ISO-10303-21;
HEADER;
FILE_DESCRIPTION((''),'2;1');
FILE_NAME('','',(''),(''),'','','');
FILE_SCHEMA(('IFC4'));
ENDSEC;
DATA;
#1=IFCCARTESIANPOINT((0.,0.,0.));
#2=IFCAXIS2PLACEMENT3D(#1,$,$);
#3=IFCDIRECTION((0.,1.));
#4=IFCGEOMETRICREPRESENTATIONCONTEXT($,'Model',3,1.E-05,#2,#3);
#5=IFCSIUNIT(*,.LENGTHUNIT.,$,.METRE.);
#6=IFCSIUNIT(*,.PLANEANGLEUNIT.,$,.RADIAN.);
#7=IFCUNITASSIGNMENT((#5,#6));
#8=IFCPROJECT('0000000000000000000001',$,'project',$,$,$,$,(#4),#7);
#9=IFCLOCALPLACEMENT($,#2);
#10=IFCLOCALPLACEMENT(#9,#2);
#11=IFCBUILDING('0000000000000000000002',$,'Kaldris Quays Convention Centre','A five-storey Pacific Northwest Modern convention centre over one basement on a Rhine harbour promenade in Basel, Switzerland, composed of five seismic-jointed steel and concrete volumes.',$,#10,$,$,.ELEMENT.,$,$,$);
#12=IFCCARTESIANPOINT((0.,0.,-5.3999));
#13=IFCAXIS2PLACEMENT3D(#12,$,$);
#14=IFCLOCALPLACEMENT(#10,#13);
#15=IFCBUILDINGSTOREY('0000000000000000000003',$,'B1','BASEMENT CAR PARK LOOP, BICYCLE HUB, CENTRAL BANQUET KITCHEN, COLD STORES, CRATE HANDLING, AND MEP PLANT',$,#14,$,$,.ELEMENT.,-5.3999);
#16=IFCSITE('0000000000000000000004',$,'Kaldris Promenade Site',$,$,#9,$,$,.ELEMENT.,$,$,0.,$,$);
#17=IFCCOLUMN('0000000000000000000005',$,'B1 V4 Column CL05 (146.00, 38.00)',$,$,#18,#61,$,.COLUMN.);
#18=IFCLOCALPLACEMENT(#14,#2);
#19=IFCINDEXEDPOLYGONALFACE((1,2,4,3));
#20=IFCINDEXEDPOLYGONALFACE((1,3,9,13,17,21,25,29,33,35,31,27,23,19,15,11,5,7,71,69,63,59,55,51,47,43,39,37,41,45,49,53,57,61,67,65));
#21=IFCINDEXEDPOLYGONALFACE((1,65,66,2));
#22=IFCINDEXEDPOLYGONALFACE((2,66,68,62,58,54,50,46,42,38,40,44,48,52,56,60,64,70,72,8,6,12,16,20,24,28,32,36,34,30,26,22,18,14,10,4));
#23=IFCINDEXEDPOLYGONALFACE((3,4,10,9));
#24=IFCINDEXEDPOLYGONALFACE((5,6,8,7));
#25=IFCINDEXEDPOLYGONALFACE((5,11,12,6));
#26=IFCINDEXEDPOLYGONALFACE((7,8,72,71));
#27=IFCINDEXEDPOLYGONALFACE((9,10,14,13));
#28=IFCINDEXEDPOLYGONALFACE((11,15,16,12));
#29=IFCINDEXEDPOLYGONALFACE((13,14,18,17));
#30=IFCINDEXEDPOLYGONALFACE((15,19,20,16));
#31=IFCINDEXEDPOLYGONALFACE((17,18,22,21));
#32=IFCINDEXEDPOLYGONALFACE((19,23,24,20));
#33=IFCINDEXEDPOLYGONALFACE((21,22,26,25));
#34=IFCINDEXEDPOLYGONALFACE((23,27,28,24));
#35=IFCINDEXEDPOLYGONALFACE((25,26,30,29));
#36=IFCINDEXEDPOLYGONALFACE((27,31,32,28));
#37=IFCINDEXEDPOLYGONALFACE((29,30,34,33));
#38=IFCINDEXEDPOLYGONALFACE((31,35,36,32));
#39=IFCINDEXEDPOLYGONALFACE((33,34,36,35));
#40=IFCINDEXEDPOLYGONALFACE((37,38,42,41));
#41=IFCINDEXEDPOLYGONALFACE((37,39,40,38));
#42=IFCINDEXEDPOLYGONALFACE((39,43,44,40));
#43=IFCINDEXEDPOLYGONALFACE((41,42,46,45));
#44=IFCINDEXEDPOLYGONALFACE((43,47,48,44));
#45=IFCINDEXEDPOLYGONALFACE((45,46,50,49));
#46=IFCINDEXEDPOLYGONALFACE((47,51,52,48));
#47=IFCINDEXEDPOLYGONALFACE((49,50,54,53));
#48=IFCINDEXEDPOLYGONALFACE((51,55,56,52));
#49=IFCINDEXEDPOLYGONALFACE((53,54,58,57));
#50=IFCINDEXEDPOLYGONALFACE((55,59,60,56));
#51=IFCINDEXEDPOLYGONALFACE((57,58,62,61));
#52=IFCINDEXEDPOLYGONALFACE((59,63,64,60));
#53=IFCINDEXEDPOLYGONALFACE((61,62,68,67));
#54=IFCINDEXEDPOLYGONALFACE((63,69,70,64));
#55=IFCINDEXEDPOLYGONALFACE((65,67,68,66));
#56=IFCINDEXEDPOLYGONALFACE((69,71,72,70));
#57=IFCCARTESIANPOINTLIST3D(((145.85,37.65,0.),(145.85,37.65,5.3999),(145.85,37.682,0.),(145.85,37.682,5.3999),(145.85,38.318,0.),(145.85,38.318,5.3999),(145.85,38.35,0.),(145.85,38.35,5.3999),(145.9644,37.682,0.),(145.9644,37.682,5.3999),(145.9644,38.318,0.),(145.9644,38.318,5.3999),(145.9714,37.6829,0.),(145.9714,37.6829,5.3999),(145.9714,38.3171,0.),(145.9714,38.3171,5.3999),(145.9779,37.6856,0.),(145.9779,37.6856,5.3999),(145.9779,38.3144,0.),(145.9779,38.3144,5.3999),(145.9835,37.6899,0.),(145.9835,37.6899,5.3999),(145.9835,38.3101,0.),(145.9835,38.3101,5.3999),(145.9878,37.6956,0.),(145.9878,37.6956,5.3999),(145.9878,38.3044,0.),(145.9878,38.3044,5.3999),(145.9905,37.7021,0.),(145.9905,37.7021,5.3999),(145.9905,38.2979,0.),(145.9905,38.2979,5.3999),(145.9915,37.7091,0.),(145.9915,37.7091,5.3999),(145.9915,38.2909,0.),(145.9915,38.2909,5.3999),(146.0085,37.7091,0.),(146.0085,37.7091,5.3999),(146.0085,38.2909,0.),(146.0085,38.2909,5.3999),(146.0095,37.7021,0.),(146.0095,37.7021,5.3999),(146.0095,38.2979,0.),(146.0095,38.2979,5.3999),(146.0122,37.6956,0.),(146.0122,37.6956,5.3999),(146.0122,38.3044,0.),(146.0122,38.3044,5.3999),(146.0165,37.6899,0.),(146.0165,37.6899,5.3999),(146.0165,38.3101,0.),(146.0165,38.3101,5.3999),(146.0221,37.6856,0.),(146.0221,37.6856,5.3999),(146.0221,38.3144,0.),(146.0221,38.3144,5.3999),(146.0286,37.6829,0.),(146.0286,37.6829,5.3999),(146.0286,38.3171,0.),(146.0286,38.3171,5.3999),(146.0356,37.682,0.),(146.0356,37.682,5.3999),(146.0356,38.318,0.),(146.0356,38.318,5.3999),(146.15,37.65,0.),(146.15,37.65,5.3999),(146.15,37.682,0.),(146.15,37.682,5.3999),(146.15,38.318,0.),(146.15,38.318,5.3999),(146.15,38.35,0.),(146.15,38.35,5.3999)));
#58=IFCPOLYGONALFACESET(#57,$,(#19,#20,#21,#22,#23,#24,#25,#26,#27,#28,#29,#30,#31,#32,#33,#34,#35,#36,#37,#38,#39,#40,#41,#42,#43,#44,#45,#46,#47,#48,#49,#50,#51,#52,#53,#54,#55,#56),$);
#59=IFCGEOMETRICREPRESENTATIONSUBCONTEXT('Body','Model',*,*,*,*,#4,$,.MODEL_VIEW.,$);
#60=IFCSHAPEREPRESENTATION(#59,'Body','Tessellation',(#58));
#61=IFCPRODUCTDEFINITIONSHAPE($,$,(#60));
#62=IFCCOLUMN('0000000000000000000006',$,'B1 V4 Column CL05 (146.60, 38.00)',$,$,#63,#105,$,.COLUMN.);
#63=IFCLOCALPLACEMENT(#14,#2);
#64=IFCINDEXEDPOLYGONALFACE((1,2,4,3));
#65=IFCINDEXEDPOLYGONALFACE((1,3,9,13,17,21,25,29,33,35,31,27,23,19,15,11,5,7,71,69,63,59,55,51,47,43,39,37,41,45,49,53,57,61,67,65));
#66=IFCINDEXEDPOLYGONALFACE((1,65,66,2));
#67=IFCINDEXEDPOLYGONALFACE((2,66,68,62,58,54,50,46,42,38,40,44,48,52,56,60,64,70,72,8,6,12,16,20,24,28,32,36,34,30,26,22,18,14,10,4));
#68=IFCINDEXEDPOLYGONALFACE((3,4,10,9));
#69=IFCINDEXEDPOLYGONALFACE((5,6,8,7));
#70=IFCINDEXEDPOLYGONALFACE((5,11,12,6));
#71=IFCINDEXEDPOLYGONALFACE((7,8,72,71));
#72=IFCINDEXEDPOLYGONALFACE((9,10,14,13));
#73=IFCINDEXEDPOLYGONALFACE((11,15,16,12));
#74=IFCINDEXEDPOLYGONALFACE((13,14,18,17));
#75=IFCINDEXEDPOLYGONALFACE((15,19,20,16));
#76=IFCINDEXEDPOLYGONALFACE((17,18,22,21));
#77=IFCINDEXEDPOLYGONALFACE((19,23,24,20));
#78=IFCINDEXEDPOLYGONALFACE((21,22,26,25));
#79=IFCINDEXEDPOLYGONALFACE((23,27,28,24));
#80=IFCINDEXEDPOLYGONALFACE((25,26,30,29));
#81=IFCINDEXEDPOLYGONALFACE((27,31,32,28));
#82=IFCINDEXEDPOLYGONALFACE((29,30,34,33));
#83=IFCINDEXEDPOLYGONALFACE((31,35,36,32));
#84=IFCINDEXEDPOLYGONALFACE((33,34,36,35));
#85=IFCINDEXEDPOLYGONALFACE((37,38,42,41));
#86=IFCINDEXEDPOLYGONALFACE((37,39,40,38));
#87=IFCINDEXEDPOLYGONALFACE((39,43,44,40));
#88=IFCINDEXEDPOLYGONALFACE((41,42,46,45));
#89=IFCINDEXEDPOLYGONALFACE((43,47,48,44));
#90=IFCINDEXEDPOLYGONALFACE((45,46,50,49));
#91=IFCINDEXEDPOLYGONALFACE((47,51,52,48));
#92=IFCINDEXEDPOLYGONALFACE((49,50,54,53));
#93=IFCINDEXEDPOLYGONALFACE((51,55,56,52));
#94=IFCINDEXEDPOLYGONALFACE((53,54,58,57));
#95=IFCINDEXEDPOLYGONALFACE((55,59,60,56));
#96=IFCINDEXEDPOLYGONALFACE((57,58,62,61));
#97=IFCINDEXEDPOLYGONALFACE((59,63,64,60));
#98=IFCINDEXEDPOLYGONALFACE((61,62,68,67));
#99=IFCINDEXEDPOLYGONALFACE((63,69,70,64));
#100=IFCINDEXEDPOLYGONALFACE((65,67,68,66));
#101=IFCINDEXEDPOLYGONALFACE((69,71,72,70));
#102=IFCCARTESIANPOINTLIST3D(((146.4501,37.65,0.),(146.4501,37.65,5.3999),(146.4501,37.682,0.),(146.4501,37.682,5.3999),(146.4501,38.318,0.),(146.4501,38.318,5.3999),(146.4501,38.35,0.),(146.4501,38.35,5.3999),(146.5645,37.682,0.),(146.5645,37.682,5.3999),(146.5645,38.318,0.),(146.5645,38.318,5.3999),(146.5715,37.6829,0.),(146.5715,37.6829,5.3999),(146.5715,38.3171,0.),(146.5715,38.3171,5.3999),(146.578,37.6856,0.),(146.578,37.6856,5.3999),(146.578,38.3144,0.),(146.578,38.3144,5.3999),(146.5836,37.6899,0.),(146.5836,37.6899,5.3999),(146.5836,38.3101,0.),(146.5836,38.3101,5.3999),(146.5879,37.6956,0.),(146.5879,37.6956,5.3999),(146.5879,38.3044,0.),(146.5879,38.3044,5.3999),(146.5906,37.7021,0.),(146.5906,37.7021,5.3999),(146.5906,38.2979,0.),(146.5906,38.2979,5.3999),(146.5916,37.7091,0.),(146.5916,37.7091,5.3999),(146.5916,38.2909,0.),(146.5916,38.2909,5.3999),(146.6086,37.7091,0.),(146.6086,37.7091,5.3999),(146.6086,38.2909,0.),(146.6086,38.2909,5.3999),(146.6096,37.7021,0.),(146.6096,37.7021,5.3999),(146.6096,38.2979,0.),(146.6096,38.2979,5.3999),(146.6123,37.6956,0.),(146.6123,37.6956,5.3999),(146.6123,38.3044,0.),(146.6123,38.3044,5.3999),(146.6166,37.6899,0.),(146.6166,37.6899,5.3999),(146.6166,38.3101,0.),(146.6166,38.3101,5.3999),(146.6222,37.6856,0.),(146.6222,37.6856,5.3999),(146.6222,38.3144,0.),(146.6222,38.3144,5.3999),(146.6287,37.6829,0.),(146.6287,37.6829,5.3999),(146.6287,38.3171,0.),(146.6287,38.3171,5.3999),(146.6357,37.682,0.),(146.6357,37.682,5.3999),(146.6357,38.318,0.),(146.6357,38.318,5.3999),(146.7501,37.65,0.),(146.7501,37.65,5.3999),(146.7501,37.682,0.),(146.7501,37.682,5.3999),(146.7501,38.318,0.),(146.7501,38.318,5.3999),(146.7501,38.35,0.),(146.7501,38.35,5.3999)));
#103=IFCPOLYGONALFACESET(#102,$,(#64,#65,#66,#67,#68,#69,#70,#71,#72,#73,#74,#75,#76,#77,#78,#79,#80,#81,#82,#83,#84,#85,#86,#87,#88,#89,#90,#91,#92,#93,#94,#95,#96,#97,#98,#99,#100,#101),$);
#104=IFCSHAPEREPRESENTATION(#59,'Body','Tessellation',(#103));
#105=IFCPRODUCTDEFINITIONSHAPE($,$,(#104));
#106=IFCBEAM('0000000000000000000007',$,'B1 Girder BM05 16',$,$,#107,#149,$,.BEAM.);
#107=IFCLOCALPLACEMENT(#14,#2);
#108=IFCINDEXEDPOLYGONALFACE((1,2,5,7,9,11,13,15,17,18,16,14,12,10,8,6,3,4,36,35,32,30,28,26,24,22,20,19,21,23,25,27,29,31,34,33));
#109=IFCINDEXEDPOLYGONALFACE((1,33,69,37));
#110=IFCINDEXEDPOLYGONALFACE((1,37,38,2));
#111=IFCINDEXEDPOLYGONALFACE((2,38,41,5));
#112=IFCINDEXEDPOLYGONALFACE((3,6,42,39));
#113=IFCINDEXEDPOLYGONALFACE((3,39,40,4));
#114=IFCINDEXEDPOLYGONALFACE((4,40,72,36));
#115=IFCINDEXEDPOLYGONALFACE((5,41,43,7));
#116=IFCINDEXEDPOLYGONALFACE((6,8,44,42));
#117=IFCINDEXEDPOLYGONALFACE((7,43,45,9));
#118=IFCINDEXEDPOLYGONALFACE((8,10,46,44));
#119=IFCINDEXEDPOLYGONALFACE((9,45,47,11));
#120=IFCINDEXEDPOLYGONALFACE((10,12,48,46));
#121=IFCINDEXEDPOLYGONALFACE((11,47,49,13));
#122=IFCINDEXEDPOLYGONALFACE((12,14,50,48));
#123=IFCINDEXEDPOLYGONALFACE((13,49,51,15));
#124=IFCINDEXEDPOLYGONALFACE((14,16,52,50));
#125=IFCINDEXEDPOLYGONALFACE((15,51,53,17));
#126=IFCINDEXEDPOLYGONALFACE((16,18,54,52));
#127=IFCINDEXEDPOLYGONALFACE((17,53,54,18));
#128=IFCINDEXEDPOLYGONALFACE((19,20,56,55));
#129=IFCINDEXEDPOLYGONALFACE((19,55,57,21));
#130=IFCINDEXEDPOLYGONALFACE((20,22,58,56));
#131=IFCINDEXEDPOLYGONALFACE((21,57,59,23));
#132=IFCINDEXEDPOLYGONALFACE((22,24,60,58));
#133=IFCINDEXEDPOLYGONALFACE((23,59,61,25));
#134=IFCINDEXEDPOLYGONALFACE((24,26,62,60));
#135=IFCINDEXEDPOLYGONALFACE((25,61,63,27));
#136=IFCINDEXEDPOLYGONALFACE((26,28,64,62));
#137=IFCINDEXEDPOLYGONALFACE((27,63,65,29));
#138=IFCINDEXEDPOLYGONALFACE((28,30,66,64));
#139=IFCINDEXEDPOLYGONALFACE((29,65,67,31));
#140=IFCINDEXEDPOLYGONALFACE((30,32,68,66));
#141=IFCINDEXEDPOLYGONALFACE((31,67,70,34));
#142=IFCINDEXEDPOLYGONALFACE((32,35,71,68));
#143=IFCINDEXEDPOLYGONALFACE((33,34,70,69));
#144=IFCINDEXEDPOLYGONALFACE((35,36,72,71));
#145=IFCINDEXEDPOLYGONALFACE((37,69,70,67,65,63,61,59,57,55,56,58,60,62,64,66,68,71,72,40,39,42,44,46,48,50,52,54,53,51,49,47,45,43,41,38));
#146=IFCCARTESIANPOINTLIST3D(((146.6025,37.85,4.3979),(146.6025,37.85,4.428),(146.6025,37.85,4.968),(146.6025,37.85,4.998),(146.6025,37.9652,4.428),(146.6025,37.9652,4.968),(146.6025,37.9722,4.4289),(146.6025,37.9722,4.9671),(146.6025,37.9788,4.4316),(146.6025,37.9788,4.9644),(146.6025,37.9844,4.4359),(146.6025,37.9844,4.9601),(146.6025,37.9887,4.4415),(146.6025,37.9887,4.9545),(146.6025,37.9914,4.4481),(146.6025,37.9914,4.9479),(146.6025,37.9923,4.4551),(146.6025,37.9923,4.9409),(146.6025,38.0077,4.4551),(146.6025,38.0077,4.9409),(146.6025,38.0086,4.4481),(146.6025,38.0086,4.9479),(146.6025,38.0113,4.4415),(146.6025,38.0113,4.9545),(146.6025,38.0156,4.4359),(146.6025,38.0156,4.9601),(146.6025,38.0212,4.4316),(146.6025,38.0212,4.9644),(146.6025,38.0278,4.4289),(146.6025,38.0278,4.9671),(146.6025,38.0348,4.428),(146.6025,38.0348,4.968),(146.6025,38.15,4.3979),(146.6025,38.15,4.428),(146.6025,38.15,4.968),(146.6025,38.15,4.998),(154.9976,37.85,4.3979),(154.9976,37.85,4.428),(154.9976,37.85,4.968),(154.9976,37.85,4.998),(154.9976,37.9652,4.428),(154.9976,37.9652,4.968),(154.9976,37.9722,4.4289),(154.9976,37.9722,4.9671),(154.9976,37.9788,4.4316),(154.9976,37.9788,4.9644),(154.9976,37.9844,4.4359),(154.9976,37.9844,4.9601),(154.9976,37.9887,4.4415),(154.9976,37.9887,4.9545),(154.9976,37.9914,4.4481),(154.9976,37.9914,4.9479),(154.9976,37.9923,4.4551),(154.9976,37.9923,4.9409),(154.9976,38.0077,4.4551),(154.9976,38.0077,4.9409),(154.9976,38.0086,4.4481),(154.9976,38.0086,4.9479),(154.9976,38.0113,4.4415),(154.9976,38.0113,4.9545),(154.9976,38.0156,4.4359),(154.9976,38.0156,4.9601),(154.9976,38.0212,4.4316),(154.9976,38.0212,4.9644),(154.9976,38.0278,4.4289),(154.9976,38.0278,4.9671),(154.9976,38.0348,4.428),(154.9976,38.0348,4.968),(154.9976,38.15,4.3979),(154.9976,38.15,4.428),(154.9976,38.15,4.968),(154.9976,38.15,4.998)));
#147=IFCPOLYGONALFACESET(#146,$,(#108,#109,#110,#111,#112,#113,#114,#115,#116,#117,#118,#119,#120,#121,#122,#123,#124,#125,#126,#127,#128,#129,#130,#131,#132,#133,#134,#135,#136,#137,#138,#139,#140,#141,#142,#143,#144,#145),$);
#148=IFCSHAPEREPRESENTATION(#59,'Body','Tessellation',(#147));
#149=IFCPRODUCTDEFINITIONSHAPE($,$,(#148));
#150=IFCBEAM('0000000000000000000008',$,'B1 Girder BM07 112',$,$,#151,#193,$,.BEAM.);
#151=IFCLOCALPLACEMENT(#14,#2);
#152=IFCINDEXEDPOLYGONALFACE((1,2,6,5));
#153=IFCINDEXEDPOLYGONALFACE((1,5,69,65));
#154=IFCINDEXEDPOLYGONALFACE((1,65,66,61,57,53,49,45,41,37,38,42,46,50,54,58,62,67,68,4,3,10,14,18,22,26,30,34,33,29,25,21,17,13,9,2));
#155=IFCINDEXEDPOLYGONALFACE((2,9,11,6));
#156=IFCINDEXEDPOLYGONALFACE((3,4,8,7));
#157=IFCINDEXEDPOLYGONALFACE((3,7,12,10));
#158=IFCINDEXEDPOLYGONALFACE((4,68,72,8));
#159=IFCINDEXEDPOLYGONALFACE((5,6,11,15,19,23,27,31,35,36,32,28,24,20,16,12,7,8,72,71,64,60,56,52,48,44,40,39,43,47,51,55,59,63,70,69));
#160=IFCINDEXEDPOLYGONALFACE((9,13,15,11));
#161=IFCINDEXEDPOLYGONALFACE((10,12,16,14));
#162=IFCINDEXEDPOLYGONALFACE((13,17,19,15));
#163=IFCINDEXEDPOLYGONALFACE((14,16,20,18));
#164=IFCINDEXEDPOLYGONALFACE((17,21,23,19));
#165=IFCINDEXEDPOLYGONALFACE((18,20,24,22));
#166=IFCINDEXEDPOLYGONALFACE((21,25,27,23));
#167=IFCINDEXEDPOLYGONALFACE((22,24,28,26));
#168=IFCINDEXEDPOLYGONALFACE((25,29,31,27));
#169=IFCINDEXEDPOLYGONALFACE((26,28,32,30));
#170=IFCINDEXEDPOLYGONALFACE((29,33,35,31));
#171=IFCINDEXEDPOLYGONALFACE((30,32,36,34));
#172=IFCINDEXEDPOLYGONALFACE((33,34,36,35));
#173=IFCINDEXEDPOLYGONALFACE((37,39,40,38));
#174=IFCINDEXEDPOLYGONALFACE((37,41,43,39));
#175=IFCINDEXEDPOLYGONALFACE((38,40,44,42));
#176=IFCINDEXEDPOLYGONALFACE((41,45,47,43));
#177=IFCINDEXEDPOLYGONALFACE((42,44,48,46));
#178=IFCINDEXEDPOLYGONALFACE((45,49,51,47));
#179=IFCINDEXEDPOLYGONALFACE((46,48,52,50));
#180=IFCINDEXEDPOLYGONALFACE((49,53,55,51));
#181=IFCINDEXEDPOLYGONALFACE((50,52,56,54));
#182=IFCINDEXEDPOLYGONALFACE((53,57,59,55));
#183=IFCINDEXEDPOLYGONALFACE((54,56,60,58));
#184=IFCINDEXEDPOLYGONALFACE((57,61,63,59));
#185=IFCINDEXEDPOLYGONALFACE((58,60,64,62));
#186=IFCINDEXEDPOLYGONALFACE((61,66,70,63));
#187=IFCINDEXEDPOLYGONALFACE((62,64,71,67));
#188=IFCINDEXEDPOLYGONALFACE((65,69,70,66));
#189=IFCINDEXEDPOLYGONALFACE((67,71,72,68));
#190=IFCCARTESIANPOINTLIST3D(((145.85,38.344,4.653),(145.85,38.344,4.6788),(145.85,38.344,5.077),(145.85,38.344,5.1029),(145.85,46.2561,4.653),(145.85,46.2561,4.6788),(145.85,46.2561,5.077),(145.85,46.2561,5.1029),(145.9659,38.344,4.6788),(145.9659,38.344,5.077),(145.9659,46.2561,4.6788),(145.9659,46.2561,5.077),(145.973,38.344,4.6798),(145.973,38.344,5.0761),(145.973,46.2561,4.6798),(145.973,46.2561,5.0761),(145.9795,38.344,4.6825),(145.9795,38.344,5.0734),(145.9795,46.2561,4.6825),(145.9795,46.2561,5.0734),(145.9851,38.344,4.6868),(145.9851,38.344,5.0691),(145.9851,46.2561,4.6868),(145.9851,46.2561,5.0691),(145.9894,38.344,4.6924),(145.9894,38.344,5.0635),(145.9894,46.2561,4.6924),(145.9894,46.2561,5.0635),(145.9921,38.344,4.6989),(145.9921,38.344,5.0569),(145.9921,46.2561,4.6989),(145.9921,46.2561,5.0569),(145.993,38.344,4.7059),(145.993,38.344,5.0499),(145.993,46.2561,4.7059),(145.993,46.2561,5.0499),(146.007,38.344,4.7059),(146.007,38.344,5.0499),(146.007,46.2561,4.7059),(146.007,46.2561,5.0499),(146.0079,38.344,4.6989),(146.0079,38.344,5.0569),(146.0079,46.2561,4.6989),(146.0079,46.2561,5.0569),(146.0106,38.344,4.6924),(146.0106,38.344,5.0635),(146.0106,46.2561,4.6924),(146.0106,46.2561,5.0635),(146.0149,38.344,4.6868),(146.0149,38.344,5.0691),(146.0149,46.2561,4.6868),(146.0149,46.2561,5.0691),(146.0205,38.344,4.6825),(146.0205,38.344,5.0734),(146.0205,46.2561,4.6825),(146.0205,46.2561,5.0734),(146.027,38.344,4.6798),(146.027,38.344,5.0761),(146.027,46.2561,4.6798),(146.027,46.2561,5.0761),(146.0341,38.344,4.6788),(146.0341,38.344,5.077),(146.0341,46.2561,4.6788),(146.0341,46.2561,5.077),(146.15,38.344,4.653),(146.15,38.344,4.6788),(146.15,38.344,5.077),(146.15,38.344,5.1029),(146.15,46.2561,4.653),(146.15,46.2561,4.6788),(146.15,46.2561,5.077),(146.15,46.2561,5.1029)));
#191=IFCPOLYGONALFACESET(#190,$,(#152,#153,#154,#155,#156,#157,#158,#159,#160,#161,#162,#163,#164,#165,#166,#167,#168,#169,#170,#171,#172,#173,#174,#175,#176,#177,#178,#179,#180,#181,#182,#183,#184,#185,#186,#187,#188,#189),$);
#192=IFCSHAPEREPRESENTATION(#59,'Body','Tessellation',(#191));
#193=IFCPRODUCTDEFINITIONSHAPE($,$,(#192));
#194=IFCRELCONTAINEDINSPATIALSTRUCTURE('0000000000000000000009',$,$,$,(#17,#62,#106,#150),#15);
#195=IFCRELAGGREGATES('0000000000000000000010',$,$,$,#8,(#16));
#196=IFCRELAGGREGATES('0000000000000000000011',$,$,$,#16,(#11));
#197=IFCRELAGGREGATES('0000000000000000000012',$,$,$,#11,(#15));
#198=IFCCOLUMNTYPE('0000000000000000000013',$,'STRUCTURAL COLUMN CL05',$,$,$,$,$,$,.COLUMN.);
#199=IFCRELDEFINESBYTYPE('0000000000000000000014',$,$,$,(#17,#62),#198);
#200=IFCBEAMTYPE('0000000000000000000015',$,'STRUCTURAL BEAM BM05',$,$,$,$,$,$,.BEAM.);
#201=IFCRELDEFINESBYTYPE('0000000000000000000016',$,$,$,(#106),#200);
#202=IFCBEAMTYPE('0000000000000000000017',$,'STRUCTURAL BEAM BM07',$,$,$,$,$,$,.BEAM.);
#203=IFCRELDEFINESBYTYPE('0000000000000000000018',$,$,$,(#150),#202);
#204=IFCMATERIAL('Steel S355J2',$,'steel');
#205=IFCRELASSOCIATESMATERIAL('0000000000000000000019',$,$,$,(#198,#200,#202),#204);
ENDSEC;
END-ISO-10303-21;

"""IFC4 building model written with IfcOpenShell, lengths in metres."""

from ifc_helpers import new_model, si_unit, direction, frame, origin, origin_2d, place, context, subcontext, project, spatial, i_section, extrude, material, material_profile, profile_set, type_object, element, save


model = new_model("IFC4")

# Units and contexts
model_context = context("Model", 3, precision=1e-05, world=origin(), true_north=direction((0.0, 1.0)))
body_context = subcontext(model_context, "Body", "Model", "MODEL_VIEW")
ifc_project = project(units=[si_unit("LENGTHUNIT", "METRE"), si_unit("PLANEANGLEUNIT", "RADIAN")], contexts=[model_context])

# Site, building, storey
site_placement = place(None, origin())
site = spatial("IfcSite", under=ifc_project, at=site_placement, Name="Kaldris Promenade Site", CompositionType="ELEMENT", RefElevation=0.0)
building_placement = place(site_placement, origin())
building = spatial("IfcBuilding", under=site, at=building_placement, Name="Kaldris Quays Convention Centre", Description="A five-storey Pacific Northwest Modern convention centre over one basement on a Rhine harbour promenade in Basel, Switzerland, composed of five seismic-jointed steel and concrete volumes.", CompositionType="ELEMENT")
storey_placement = place(building_placement, frame((0.0, 0.0, -5.3999)))
storey = spatial("IfcBuildingStorey", under=building, at=storey_placement, Name="B1", Description="BASEMENT CAR PARK LOOP, BICYCLE HUB, CENTRAL BANQUET KITCHEN, COLD STORES, CRATE HANDLING, AND MEP PLANT", CompositionType="ELEMENT", Elevation=-5.3999)

# Columns
ifc_material_1 = material(Name="Steel S355J2", Category="steel")
ifc_material_profile_1 = material_profile(ifc_material_1, i_section(OverallWidth=0.3, OverallDepth=0.7, WebThickness=0.0171, FlangeThickness=0.032, FilletRadius=0.0271, at=origin_2d()), Name="HEB 700")
ifc_profile_set_1 = profile_set([ifc_material_profile_1], Name="Steel S355J2")
column_type = type_object("IfcColumnType", Name="STRUCTURAL COLUMN CL05", PredefinedType="COLUMN", material=ifc_profile_set_1)
for number, where, z_axis, x_axis, name in (
    (1, (146.0, 38.0, 0.0), (0.0, 0.0, 1.0), (1.0, 0.0, 0.0), "B1 V4 Column CL05 (146.00, 38.00)"),
    (2, (146.6001, 38.0, 0.0), (0.0, 0.0, 1.0), (1.0, 0.0, 0.0), "B1 V4 Column CL05 (146.60, 38.00)"),
):
    element("IfcColumn", number, at=place(storey_placement, frame(where, z_axis=z_axis, x_axis=x_axis)), inside=storey, type_object=column_type, Name=name, PredefinedType="COLUMN", context=body_context, shape_type="SweptSolid", body=[
        extrude(i_section(OverallWidth=0.3, OverallDepth=0.7, WebThickness=0.0171, FlangeThickness=0.032, FilletRadius=0.0271, at=origin_2d()), origin(), (0.0, 0.0, 1.0), 5.3999),
    ])

# Beams
ifc_material_profile_2 = material_profile(ifc_material_1, i_section(OverallWidth=0.3, OverallDepth=0.6001, WebThickness=0.0154, FlangeThickness=0.03, FilletRadius=0.0271, at=origin_2d()), Name="HEB 600")
ifc_profile_set_2 = profile_set([ifc_material_profile_2], Name="Steel S355J2")
beam_type_1 = type_object("IfcBeamType", Name="STRUCTURAL BEAM BM05", PredefinedType="BEAM", material=ifc_profile_set_2)
beam_1_placement = place(storey_placement, frame((146.6025, 38.0, 4.698), z_axis=(1.0, 0.0, 0.0), x_axis=(0.0, 1.0, 0.0)))
element("IfcBeam", 3, at=beam_1_placement, inside=storey, type_object=beam_type_1, Name="B1 Girder BM05 16", PredefinedType="BEAM", context=body_context, shape_type="SweptSolid", body=[
    extrude(i_section(OverallWidth=0.3, OverallDepth=0.6001, WebThickness=0.0154, FlangeThickness=0.03, FilletRadius=0.0271, at=origin_2d()), origin(), (0.0, 0.0, 1.0), 8.395),
])
ifc_material_profile_3 = material_profile(ifc_material_1, i_section(OverallWidth=0.3, OverallDepth=0.45, WebThickness=0.0139, FlangeThickness=0.0259, FilletRadius=0.0271, at=origin_2d()), Name="HEB 450")
ifc_profile_set_3 = profile_set([ifc_material_profile_3], Name="Steel S355J2")
beam_type_2 = type_object("IfcBeamType", Name="STRUCTURAL BEAM BM07", PredefinedType="BEAM", material=ifc_profile_set_3)
for number, where, z_axis, x_axis, name in (
    (4, (146.0, 38.344, 4.8779), (0.0, 1.0, 0.0), (-1.0, 0.0, 0.0), "B1 Girder BM07 112"),
):
    element("IfcBeam", number, at=place(storey_placement, frame(where, z_axis=z_axis, x_axis=x_axis)), inside=storey, type_object=beam_type_2, Name=name, PredefinedType="BEAM", context=body_context, shape_type="SweptSolid", body=[
        extrude(i_section(OverallWidth=0.3, OverallDepth=0.45, WebThickness=0.0139, FlangeThickness=0.0259, FilletRadius=0.0271, at=origin_2d()), origin(), (0.0, 0.0, 1.0), 7.9121),
    ])

save(model, "model.ifc")
